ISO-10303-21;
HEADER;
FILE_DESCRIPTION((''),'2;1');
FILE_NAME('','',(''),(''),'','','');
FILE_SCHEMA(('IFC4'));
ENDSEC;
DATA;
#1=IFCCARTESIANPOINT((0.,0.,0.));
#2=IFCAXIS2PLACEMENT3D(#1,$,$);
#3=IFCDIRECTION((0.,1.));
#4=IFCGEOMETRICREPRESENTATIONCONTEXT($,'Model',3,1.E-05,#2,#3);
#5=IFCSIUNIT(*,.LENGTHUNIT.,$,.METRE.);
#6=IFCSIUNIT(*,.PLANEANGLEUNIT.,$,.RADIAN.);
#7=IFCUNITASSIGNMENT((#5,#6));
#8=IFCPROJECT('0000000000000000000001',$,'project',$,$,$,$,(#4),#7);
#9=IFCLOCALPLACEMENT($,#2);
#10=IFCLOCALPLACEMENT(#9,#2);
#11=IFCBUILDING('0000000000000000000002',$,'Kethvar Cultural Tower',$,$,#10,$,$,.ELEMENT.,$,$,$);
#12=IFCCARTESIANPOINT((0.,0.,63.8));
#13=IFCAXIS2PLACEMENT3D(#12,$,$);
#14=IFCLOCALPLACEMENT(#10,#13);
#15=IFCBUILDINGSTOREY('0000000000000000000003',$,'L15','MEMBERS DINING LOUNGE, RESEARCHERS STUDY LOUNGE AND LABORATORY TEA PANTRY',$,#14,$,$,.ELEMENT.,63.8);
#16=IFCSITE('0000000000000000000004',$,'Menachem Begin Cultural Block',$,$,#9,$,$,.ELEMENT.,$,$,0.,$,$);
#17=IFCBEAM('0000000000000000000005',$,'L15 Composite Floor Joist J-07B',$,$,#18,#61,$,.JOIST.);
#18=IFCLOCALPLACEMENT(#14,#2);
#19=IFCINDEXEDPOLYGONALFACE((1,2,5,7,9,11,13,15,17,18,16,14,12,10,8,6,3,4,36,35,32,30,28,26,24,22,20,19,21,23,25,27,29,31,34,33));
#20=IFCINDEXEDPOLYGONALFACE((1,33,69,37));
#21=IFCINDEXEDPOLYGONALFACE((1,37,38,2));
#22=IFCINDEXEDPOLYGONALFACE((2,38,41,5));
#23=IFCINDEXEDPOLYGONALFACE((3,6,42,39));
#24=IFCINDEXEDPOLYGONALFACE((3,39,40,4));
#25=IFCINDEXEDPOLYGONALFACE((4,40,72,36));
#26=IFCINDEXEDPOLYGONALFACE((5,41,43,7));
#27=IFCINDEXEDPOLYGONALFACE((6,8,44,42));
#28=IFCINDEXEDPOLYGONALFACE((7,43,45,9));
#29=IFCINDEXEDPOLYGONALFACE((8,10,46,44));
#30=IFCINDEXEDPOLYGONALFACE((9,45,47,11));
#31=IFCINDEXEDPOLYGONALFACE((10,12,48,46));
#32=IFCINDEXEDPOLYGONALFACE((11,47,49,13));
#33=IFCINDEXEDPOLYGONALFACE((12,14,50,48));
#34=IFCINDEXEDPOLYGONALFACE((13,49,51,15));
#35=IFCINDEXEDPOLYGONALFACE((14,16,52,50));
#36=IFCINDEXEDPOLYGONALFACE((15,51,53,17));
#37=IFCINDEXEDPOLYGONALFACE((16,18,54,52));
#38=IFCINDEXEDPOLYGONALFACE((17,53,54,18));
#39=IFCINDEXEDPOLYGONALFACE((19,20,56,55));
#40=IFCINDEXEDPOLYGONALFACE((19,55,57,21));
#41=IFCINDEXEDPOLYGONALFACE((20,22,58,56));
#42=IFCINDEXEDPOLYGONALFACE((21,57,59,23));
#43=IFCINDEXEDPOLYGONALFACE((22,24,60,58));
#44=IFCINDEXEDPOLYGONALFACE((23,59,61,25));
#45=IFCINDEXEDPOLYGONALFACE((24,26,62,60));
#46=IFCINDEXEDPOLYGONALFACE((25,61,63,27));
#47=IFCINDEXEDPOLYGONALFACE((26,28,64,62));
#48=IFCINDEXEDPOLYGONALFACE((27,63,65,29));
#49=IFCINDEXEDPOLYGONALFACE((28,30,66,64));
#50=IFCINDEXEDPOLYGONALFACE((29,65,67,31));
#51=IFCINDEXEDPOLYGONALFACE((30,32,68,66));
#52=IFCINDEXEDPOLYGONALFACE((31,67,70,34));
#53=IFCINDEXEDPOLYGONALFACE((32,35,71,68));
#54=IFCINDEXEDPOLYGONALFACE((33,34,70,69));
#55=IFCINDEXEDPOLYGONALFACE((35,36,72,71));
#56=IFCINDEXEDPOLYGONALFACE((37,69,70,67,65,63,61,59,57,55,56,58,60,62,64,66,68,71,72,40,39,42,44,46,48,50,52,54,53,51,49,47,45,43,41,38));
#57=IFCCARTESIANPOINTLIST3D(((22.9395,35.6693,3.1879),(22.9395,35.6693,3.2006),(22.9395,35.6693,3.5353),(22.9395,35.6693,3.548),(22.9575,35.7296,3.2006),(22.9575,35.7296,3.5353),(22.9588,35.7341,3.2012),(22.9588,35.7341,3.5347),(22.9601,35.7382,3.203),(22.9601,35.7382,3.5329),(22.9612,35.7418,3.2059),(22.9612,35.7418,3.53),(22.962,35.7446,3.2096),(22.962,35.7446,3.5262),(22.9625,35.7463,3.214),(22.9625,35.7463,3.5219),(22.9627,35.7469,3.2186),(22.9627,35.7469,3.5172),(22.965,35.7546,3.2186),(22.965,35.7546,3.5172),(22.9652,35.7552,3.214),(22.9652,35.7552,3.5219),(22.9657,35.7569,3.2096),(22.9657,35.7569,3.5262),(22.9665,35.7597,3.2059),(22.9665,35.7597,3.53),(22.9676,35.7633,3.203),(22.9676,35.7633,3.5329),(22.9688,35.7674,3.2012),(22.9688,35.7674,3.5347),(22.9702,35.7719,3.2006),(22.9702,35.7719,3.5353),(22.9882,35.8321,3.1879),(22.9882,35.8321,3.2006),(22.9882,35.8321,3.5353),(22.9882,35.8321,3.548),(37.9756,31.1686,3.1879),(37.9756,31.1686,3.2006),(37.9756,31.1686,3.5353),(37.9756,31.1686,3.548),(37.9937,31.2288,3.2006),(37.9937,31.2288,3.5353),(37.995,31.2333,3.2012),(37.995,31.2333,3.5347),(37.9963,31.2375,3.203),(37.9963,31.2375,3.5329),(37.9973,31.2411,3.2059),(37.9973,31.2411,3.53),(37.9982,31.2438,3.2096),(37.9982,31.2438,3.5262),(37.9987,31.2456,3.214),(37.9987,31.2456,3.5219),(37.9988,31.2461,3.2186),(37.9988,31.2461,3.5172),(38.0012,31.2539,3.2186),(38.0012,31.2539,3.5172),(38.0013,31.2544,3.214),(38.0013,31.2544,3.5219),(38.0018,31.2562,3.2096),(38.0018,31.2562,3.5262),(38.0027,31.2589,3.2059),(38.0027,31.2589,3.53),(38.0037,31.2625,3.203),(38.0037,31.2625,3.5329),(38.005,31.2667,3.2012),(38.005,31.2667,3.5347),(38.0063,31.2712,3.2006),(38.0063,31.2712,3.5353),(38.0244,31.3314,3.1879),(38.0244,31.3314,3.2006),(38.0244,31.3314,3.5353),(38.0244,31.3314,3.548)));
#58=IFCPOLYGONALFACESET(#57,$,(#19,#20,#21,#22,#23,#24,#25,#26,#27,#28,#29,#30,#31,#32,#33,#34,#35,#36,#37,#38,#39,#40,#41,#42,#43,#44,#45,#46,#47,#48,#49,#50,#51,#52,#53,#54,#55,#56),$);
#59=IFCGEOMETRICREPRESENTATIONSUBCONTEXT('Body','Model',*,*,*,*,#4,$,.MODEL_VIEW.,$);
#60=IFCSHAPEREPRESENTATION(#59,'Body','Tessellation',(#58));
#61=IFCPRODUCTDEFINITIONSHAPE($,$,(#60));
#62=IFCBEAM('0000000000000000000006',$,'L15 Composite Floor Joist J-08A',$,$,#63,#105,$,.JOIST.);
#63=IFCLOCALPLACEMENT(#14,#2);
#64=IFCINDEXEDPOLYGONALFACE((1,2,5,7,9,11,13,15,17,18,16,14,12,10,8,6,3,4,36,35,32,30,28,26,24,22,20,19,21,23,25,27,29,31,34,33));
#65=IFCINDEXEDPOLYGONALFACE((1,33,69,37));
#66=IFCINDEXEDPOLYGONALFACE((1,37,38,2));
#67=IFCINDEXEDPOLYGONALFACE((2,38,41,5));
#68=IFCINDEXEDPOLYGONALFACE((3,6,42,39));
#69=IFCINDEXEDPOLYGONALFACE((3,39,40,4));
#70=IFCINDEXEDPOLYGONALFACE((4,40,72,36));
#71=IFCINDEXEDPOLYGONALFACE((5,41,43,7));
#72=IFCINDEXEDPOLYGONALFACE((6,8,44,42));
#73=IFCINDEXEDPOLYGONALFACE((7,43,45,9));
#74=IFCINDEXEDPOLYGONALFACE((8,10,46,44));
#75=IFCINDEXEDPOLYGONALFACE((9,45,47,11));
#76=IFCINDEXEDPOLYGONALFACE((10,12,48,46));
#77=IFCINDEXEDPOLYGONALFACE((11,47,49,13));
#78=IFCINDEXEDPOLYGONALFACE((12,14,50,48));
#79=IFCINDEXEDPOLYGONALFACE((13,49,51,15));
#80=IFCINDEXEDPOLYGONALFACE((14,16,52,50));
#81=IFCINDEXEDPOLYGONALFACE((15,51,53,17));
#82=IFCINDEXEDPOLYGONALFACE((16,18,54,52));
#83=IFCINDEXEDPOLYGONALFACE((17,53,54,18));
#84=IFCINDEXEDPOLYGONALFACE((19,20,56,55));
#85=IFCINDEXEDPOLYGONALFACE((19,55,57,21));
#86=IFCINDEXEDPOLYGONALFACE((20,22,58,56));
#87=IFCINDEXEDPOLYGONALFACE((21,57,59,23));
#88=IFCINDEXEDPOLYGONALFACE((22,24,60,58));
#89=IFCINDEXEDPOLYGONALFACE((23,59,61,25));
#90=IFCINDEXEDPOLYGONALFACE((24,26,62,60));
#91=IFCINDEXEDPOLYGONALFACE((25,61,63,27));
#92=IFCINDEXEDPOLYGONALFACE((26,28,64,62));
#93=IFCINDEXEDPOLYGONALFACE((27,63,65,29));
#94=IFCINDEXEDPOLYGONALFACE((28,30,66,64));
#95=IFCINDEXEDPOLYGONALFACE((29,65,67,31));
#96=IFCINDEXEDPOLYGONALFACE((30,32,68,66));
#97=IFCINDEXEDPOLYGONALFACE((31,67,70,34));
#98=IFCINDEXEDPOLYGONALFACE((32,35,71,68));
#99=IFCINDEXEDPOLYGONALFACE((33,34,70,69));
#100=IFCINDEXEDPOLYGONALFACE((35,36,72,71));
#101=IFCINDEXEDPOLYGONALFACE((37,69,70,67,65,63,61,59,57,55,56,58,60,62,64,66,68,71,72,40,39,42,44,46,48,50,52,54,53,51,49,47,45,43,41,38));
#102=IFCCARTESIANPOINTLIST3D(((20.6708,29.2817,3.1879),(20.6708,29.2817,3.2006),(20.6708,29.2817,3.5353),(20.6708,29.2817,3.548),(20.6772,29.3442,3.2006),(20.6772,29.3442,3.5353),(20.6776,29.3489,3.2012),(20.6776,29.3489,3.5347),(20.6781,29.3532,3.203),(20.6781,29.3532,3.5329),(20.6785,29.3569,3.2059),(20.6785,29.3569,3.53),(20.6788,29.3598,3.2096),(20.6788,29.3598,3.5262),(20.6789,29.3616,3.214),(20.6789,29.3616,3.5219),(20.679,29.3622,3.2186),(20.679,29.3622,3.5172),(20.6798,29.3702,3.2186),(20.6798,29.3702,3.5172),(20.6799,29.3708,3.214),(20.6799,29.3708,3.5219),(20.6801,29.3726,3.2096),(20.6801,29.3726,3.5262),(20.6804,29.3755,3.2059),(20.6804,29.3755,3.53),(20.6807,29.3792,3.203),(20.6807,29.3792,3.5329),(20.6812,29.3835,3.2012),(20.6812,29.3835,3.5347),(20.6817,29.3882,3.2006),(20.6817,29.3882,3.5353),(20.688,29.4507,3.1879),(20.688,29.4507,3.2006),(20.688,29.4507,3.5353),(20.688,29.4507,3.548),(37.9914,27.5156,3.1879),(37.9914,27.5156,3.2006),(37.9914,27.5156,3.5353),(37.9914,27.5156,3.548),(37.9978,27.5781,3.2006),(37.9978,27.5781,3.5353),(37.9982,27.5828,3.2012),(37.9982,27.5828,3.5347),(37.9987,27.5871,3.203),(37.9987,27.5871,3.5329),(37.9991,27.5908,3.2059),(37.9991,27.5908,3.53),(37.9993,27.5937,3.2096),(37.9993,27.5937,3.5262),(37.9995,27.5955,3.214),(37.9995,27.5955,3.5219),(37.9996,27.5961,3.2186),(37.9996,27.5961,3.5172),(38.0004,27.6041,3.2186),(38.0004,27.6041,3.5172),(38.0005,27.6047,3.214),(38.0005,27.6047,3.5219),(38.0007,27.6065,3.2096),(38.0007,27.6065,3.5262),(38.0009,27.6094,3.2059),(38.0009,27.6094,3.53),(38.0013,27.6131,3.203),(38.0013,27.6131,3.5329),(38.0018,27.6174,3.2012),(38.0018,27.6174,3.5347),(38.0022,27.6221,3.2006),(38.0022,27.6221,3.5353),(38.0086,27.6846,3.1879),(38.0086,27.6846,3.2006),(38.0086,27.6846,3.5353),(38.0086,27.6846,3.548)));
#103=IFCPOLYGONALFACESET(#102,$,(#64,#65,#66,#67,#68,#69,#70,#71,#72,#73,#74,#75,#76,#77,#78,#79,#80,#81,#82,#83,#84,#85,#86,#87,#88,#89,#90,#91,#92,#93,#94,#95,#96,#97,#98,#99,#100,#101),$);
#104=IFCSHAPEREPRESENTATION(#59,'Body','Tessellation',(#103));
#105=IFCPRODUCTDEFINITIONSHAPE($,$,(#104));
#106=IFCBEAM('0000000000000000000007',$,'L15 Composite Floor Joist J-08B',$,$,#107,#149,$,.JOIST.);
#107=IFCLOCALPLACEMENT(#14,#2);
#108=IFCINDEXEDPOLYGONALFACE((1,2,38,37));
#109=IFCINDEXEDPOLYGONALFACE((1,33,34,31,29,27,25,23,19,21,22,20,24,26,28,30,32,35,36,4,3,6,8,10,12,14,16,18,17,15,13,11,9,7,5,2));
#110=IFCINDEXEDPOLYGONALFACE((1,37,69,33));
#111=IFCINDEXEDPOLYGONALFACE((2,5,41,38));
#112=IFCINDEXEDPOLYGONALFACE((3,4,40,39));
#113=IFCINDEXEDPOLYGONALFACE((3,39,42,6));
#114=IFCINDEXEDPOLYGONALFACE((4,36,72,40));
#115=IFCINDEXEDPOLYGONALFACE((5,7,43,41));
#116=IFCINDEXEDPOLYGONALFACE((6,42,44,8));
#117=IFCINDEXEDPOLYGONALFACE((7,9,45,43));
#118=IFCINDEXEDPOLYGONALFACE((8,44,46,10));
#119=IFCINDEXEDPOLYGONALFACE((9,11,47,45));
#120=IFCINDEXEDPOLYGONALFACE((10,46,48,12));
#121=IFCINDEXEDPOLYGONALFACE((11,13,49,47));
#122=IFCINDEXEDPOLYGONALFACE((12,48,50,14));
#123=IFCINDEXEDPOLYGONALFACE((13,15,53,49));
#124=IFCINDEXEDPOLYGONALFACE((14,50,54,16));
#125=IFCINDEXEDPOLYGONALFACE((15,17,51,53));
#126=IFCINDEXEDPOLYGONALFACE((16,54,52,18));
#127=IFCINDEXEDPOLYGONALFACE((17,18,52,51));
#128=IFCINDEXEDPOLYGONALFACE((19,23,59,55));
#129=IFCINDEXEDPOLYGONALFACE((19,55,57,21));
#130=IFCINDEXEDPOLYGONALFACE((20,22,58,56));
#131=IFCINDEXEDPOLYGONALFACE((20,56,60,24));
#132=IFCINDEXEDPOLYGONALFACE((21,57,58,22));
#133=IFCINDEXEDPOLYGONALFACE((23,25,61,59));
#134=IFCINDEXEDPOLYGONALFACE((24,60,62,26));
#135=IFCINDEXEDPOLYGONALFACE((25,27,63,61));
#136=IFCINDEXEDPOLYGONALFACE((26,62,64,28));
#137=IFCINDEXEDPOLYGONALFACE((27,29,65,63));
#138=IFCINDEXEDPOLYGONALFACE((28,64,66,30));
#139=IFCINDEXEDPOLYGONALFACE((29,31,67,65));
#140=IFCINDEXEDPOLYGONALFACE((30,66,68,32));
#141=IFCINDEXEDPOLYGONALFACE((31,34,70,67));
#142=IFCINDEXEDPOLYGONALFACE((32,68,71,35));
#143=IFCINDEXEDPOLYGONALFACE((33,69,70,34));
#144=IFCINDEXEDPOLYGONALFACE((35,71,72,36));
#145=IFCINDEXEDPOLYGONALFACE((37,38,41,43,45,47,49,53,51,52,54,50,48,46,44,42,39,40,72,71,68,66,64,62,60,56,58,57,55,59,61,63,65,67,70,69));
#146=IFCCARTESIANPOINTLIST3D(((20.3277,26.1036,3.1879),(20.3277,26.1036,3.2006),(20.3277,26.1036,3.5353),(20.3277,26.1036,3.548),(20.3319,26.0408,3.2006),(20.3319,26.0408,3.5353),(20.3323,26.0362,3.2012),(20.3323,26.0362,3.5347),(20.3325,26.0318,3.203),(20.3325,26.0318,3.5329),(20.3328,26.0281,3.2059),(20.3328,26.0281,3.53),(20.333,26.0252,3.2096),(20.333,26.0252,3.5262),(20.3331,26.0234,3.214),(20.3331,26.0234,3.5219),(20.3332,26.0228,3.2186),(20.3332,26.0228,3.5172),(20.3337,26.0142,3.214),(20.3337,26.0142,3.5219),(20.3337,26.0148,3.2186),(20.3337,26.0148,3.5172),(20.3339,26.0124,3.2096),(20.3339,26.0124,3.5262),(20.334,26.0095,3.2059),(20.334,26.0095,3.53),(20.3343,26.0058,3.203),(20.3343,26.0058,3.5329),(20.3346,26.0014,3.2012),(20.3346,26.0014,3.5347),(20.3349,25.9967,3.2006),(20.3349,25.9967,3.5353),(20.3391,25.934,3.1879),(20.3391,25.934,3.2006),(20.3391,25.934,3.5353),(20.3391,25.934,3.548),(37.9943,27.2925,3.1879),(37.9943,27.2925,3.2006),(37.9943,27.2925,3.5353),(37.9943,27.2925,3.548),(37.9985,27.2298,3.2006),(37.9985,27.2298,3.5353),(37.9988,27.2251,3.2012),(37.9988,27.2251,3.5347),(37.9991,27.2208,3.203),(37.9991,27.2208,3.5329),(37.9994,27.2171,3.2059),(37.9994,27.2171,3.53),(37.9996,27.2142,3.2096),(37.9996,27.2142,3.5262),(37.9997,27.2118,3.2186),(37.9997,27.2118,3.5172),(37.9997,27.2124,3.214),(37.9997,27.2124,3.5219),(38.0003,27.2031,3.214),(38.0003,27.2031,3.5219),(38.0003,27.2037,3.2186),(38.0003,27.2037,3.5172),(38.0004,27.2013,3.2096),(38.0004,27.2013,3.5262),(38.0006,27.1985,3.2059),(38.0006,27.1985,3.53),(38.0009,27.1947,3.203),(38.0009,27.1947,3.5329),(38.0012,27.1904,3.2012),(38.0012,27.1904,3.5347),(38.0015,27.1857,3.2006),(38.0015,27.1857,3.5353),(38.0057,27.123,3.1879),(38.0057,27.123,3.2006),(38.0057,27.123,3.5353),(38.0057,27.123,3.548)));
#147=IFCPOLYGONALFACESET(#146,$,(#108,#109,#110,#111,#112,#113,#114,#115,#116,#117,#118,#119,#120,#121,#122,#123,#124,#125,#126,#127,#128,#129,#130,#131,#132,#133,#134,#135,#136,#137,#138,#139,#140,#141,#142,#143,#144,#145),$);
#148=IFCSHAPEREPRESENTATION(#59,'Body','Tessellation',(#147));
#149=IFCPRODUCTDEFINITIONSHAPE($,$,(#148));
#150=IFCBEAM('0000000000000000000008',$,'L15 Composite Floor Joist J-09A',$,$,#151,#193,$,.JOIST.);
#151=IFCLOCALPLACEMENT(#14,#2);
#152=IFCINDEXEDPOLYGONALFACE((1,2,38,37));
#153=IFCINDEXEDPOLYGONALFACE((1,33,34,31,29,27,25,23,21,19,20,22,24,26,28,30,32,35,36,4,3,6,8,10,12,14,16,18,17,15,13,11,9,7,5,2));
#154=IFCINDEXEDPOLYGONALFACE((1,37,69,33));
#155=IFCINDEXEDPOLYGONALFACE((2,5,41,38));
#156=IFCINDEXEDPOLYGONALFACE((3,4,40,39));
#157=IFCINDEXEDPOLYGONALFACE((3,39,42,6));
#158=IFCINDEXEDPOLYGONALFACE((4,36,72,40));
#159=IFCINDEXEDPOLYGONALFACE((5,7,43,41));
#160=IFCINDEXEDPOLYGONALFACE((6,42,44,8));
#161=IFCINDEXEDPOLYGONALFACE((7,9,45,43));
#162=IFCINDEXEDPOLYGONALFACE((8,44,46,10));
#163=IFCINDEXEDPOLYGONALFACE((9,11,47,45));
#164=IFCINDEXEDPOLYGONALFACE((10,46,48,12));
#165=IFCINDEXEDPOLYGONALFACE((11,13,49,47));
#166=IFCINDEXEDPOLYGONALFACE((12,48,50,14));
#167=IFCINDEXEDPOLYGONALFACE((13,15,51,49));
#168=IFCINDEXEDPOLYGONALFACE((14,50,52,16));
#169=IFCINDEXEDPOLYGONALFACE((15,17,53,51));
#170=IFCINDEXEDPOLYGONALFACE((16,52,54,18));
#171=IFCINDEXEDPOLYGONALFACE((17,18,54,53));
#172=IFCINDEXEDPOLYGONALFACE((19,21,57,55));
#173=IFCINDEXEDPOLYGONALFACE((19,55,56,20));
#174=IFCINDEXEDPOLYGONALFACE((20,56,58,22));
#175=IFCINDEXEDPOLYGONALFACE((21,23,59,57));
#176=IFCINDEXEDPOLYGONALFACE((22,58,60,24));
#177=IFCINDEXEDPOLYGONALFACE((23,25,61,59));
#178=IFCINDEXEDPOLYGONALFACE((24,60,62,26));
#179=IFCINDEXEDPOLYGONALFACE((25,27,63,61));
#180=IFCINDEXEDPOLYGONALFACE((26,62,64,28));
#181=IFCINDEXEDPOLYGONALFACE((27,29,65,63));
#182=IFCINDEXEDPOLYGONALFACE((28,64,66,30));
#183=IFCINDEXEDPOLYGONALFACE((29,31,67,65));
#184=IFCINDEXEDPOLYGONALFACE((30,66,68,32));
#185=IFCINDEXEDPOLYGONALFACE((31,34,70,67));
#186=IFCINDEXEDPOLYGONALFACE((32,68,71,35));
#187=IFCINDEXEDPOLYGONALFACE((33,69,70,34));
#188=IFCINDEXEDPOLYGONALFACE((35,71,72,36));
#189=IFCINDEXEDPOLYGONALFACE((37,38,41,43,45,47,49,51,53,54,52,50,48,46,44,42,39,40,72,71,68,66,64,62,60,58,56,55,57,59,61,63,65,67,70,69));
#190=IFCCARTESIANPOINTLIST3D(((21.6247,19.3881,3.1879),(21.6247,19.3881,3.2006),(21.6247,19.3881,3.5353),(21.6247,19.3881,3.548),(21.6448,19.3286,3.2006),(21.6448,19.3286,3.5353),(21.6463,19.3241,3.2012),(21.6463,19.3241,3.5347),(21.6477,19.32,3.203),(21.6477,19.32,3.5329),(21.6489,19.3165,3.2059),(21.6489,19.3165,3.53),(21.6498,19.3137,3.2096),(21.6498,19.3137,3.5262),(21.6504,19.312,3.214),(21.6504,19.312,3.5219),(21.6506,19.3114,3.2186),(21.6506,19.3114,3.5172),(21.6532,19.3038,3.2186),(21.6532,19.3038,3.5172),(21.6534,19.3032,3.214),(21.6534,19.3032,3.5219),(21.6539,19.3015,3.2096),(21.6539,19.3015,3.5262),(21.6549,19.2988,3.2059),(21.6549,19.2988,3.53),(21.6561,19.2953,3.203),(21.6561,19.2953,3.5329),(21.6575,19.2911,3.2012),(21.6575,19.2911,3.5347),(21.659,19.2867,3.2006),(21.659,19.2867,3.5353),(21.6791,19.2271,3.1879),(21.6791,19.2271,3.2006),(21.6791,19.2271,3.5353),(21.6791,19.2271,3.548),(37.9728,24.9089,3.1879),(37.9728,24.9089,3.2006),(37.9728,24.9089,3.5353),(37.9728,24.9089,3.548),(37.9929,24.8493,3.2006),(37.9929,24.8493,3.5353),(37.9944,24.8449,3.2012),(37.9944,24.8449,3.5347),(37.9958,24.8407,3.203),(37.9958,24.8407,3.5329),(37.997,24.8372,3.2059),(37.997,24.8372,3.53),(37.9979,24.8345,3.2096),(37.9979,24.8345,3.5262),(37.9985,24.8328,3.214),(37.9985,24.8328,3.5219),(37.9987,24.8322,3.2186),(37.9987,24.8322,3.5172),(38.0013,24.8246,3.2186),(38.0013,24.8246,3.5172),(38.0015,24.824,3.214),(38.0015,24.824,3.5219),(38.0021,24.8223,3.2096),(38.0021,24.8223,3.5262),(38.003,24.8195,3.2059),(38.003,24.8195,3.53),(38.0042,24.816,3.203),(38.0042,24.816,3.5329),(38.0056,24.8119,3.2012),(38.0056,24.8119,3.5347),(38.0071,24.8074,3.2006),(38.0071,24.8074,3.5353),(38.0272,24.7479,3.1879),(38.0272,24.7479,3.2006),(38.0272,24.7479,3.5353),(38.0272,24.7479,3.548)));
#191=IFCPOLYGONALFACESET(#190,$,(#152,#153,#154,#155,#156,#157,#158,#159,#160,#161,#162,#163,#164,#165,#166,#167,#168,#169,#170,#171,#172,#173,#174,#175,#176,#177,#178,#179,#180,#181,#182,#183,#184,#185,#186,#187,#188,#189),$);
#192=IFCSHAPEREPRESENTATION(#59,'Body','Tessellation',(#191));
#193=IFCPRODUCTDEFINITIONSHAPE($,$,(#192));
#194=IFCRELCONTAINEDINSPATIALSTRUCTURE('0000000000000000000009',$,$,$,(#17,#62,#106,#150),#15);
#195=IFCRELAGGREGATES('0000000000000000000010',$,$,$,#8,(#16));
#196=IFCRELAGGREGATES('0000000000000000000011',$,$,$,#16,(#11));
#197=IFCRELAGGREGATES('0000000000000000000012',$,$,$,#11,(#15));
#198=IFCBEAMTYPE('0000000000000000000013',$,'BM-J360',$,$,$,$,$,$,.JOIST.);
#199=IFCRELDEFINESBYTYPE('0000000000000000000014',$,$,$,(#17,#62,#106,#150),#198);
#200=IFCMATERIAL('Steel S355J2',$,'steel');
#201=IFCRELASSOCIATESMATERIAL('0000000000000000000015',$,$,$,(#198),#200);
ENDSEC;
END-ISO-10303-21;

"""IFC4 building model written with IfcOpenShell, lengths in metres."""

from ifc_helpers import new_model, si_unit, direction, frame, origin, origin_2d, place, context, subcontext, project, spatial, i_section, extrude, source, transform, mapped, material, material_profile, profile_set, type_object, element, save


model = new_model("IFC4")

# Units and contexts
model_context = context("Model", 3, precision=1e-05, world=origin(), true_north=direction((0.0, 1.0)))
body_context = subcontext(model_context, "Body", "Model", "MODEL_VIEW")
ifc_project = project(units=[si_unit("LENGTHUNIT", "METRE"), si_unit("PLANEANGLEUNIT", "RADIAN")], contexts=[model_context])

# Site, building, storey
site_placement = place(None, origin())
site = spatial("IfcSite", under=ifc_project, at=site_placement, Name="Menachem Begin Cultural Block", CompositionType="ELEMENT", RefElevation=0.0)
building_placement = place(site_placement, origin())
building = spatial("IfcBuilding", under=site, at=building_placement, Name="Kethvar Cultural Tower", CompositionType="ELEMENT")
storey_placement = place(building_placement, frame((0.0, 0.0, 63.8)))
storey = spatial("IfcBuildingStorey", under=building, at=storey_placement, Name="L15", Description="MEMBERS DINING LOUNGE, RESEARCHERS STUDY LOUNGE AND LABORATORY TEA PANTRY", CompositionType="ELEMENT", Elevation=63.8)

# Beams
ifc_material_1 = material(Name="Steel S355J2", Category="steel")
ifc_material_profile_1 = material_profile(ifc_material_1, i_section(OverallWidth=0.1699, OverallDepth=0.3601, WebThickness=0.0081, FlangeThickness=0.0127, FilletRadius=0.0181, at=origin_2d()), Name="Steel S355J2 — IPE360")
ifc_profile_set_1 = profile_set([ifc_material_profile_1], Name="Steel S355J2 — IPE360")
beam_type_1 = type_object("IfcBeamType", Name="BM-J360", PredefinedType="JOIST", material=ifc_profile_set_1)
shared_shape_1 = source(origin(), body_context, "Body", "SweptSolid", [
    extrude(i_section(OverallWidth=0.1699, OverallDepth=0.3601, WebThickness=0.0081, FlangeThickness=0.0127, FilletRadius=0.0181, at=origin_2d()), origin(), (0.0, 0.0, 1.0), 15.6953),
])
beam_1_placement = place(storey_placement, frame((38.0, 31.25, 3.3679), z_axis=(-0.958003, 0.286757, 0.0), x_axis=(-0.286757, -0.958003, 0.0)))
element("IfcBeam", 1, at=beam_1_placement, inside=storey, type_object=beam_type_1, Name="L15 Composite Floor Joist J-07B", PredefinedType="JOIST", context=body_context, shape_type="MappedRepresentation", body=[
    mapped(shared_shape_1, transform((0.0, 0.0, 0.0), scale=1.0)),
])
shared_shape_2 = source(origin(), body_context, "Body", "SweptSolid", [
    extrude(i_section(OverallWidth=0.1699, OverallDepth=0.3601, WebThickness=0.0081, FlangeThickness=0.0127, FilletRadius=0.0181, at=origin_2d()), origin(), (0.0, 0.0, 1.0), 17.4104),
])
beam_2_placement = place(storey_placement, frame((38.0, 27.6001, 3.3679), z_axis=(-0.994842, 0.10144, 0.0), x_axis=(-0.10144, -0.994842, 0.0)))
element("IfcBeam", 2, at=beam_2_placement, inside=storey, type_object=beam_type_1, Name="L15 Composite Floor Joist J-08A", PredefinedType="JOIST", context=body_context, shape_type="MappedRepresentation", body=[
    mapped(shared_shape_2, transform((0.0, 0.0, 0.0), scale=1.0)),
])
shared_shape_3 = source(origin(), body_context, "Body", "SweptSolid", [
    extrude(i_section(OverallWidth=0.1699, OverallDepth=0.3601, WebThickness=0.0081, FlangeThickness=0.0127, FilletRadius=0.0181, at=origin_2d()), origin(), (0.0, 0.0, 1.0), 17.7065),
])
beam_3_placement = place(storey_placement, frame((38.0, 27.2078, 3.3679), z_axis=(-0.997743, -0.067149, 0.0), x_axis=(0.067149, -0.997743, 0.0)))
element("IfcBeam", 3, at=beam_3_placement, inside=storey, type_object=beam_type_1, Name="L15 Composite Floor Joist J-08B", PredefinedType="JOIST", context=body_context, shape_type="MappedRepresentation", body=[
    mapped(shared_shape_3, transform((0.0, 0.0, 0.0), scale=1.0)),
])
shared_shape_4 = source(origin(), body_context, "Body", "SweptSolid", [
    extrude(i_section(OverallWidth=0.1699, OverallDepth=0.3601, WebThickness=0.0081, FlangeThickness=0.0127, FilletRadius=0.0181, at=origin_2d()), origin(), (0.0, 0.0, 1.0), 17.2551),
])
beam_4_placement = place(storey_placement, frame((38.0, 24.8284, 3.3679), z_axis=(-0.947435, -0.319948, 0.0), x_axis=(0.319948, -0.947435, 0.0)))
element("IfcBeam", 4, at=beam_4_placement, inside=storey, type_object=beam_type_1, Name="L15 Composite Floor Joist J-09A", PredefinedType="JOIST", context=body_context, shape_type="MappedRepresentation", body=[
    mapped(shared_shape_4, transform((0.0, 0.0, 0.0), scale=1.0)),
])

save(model, "model.ifc")
